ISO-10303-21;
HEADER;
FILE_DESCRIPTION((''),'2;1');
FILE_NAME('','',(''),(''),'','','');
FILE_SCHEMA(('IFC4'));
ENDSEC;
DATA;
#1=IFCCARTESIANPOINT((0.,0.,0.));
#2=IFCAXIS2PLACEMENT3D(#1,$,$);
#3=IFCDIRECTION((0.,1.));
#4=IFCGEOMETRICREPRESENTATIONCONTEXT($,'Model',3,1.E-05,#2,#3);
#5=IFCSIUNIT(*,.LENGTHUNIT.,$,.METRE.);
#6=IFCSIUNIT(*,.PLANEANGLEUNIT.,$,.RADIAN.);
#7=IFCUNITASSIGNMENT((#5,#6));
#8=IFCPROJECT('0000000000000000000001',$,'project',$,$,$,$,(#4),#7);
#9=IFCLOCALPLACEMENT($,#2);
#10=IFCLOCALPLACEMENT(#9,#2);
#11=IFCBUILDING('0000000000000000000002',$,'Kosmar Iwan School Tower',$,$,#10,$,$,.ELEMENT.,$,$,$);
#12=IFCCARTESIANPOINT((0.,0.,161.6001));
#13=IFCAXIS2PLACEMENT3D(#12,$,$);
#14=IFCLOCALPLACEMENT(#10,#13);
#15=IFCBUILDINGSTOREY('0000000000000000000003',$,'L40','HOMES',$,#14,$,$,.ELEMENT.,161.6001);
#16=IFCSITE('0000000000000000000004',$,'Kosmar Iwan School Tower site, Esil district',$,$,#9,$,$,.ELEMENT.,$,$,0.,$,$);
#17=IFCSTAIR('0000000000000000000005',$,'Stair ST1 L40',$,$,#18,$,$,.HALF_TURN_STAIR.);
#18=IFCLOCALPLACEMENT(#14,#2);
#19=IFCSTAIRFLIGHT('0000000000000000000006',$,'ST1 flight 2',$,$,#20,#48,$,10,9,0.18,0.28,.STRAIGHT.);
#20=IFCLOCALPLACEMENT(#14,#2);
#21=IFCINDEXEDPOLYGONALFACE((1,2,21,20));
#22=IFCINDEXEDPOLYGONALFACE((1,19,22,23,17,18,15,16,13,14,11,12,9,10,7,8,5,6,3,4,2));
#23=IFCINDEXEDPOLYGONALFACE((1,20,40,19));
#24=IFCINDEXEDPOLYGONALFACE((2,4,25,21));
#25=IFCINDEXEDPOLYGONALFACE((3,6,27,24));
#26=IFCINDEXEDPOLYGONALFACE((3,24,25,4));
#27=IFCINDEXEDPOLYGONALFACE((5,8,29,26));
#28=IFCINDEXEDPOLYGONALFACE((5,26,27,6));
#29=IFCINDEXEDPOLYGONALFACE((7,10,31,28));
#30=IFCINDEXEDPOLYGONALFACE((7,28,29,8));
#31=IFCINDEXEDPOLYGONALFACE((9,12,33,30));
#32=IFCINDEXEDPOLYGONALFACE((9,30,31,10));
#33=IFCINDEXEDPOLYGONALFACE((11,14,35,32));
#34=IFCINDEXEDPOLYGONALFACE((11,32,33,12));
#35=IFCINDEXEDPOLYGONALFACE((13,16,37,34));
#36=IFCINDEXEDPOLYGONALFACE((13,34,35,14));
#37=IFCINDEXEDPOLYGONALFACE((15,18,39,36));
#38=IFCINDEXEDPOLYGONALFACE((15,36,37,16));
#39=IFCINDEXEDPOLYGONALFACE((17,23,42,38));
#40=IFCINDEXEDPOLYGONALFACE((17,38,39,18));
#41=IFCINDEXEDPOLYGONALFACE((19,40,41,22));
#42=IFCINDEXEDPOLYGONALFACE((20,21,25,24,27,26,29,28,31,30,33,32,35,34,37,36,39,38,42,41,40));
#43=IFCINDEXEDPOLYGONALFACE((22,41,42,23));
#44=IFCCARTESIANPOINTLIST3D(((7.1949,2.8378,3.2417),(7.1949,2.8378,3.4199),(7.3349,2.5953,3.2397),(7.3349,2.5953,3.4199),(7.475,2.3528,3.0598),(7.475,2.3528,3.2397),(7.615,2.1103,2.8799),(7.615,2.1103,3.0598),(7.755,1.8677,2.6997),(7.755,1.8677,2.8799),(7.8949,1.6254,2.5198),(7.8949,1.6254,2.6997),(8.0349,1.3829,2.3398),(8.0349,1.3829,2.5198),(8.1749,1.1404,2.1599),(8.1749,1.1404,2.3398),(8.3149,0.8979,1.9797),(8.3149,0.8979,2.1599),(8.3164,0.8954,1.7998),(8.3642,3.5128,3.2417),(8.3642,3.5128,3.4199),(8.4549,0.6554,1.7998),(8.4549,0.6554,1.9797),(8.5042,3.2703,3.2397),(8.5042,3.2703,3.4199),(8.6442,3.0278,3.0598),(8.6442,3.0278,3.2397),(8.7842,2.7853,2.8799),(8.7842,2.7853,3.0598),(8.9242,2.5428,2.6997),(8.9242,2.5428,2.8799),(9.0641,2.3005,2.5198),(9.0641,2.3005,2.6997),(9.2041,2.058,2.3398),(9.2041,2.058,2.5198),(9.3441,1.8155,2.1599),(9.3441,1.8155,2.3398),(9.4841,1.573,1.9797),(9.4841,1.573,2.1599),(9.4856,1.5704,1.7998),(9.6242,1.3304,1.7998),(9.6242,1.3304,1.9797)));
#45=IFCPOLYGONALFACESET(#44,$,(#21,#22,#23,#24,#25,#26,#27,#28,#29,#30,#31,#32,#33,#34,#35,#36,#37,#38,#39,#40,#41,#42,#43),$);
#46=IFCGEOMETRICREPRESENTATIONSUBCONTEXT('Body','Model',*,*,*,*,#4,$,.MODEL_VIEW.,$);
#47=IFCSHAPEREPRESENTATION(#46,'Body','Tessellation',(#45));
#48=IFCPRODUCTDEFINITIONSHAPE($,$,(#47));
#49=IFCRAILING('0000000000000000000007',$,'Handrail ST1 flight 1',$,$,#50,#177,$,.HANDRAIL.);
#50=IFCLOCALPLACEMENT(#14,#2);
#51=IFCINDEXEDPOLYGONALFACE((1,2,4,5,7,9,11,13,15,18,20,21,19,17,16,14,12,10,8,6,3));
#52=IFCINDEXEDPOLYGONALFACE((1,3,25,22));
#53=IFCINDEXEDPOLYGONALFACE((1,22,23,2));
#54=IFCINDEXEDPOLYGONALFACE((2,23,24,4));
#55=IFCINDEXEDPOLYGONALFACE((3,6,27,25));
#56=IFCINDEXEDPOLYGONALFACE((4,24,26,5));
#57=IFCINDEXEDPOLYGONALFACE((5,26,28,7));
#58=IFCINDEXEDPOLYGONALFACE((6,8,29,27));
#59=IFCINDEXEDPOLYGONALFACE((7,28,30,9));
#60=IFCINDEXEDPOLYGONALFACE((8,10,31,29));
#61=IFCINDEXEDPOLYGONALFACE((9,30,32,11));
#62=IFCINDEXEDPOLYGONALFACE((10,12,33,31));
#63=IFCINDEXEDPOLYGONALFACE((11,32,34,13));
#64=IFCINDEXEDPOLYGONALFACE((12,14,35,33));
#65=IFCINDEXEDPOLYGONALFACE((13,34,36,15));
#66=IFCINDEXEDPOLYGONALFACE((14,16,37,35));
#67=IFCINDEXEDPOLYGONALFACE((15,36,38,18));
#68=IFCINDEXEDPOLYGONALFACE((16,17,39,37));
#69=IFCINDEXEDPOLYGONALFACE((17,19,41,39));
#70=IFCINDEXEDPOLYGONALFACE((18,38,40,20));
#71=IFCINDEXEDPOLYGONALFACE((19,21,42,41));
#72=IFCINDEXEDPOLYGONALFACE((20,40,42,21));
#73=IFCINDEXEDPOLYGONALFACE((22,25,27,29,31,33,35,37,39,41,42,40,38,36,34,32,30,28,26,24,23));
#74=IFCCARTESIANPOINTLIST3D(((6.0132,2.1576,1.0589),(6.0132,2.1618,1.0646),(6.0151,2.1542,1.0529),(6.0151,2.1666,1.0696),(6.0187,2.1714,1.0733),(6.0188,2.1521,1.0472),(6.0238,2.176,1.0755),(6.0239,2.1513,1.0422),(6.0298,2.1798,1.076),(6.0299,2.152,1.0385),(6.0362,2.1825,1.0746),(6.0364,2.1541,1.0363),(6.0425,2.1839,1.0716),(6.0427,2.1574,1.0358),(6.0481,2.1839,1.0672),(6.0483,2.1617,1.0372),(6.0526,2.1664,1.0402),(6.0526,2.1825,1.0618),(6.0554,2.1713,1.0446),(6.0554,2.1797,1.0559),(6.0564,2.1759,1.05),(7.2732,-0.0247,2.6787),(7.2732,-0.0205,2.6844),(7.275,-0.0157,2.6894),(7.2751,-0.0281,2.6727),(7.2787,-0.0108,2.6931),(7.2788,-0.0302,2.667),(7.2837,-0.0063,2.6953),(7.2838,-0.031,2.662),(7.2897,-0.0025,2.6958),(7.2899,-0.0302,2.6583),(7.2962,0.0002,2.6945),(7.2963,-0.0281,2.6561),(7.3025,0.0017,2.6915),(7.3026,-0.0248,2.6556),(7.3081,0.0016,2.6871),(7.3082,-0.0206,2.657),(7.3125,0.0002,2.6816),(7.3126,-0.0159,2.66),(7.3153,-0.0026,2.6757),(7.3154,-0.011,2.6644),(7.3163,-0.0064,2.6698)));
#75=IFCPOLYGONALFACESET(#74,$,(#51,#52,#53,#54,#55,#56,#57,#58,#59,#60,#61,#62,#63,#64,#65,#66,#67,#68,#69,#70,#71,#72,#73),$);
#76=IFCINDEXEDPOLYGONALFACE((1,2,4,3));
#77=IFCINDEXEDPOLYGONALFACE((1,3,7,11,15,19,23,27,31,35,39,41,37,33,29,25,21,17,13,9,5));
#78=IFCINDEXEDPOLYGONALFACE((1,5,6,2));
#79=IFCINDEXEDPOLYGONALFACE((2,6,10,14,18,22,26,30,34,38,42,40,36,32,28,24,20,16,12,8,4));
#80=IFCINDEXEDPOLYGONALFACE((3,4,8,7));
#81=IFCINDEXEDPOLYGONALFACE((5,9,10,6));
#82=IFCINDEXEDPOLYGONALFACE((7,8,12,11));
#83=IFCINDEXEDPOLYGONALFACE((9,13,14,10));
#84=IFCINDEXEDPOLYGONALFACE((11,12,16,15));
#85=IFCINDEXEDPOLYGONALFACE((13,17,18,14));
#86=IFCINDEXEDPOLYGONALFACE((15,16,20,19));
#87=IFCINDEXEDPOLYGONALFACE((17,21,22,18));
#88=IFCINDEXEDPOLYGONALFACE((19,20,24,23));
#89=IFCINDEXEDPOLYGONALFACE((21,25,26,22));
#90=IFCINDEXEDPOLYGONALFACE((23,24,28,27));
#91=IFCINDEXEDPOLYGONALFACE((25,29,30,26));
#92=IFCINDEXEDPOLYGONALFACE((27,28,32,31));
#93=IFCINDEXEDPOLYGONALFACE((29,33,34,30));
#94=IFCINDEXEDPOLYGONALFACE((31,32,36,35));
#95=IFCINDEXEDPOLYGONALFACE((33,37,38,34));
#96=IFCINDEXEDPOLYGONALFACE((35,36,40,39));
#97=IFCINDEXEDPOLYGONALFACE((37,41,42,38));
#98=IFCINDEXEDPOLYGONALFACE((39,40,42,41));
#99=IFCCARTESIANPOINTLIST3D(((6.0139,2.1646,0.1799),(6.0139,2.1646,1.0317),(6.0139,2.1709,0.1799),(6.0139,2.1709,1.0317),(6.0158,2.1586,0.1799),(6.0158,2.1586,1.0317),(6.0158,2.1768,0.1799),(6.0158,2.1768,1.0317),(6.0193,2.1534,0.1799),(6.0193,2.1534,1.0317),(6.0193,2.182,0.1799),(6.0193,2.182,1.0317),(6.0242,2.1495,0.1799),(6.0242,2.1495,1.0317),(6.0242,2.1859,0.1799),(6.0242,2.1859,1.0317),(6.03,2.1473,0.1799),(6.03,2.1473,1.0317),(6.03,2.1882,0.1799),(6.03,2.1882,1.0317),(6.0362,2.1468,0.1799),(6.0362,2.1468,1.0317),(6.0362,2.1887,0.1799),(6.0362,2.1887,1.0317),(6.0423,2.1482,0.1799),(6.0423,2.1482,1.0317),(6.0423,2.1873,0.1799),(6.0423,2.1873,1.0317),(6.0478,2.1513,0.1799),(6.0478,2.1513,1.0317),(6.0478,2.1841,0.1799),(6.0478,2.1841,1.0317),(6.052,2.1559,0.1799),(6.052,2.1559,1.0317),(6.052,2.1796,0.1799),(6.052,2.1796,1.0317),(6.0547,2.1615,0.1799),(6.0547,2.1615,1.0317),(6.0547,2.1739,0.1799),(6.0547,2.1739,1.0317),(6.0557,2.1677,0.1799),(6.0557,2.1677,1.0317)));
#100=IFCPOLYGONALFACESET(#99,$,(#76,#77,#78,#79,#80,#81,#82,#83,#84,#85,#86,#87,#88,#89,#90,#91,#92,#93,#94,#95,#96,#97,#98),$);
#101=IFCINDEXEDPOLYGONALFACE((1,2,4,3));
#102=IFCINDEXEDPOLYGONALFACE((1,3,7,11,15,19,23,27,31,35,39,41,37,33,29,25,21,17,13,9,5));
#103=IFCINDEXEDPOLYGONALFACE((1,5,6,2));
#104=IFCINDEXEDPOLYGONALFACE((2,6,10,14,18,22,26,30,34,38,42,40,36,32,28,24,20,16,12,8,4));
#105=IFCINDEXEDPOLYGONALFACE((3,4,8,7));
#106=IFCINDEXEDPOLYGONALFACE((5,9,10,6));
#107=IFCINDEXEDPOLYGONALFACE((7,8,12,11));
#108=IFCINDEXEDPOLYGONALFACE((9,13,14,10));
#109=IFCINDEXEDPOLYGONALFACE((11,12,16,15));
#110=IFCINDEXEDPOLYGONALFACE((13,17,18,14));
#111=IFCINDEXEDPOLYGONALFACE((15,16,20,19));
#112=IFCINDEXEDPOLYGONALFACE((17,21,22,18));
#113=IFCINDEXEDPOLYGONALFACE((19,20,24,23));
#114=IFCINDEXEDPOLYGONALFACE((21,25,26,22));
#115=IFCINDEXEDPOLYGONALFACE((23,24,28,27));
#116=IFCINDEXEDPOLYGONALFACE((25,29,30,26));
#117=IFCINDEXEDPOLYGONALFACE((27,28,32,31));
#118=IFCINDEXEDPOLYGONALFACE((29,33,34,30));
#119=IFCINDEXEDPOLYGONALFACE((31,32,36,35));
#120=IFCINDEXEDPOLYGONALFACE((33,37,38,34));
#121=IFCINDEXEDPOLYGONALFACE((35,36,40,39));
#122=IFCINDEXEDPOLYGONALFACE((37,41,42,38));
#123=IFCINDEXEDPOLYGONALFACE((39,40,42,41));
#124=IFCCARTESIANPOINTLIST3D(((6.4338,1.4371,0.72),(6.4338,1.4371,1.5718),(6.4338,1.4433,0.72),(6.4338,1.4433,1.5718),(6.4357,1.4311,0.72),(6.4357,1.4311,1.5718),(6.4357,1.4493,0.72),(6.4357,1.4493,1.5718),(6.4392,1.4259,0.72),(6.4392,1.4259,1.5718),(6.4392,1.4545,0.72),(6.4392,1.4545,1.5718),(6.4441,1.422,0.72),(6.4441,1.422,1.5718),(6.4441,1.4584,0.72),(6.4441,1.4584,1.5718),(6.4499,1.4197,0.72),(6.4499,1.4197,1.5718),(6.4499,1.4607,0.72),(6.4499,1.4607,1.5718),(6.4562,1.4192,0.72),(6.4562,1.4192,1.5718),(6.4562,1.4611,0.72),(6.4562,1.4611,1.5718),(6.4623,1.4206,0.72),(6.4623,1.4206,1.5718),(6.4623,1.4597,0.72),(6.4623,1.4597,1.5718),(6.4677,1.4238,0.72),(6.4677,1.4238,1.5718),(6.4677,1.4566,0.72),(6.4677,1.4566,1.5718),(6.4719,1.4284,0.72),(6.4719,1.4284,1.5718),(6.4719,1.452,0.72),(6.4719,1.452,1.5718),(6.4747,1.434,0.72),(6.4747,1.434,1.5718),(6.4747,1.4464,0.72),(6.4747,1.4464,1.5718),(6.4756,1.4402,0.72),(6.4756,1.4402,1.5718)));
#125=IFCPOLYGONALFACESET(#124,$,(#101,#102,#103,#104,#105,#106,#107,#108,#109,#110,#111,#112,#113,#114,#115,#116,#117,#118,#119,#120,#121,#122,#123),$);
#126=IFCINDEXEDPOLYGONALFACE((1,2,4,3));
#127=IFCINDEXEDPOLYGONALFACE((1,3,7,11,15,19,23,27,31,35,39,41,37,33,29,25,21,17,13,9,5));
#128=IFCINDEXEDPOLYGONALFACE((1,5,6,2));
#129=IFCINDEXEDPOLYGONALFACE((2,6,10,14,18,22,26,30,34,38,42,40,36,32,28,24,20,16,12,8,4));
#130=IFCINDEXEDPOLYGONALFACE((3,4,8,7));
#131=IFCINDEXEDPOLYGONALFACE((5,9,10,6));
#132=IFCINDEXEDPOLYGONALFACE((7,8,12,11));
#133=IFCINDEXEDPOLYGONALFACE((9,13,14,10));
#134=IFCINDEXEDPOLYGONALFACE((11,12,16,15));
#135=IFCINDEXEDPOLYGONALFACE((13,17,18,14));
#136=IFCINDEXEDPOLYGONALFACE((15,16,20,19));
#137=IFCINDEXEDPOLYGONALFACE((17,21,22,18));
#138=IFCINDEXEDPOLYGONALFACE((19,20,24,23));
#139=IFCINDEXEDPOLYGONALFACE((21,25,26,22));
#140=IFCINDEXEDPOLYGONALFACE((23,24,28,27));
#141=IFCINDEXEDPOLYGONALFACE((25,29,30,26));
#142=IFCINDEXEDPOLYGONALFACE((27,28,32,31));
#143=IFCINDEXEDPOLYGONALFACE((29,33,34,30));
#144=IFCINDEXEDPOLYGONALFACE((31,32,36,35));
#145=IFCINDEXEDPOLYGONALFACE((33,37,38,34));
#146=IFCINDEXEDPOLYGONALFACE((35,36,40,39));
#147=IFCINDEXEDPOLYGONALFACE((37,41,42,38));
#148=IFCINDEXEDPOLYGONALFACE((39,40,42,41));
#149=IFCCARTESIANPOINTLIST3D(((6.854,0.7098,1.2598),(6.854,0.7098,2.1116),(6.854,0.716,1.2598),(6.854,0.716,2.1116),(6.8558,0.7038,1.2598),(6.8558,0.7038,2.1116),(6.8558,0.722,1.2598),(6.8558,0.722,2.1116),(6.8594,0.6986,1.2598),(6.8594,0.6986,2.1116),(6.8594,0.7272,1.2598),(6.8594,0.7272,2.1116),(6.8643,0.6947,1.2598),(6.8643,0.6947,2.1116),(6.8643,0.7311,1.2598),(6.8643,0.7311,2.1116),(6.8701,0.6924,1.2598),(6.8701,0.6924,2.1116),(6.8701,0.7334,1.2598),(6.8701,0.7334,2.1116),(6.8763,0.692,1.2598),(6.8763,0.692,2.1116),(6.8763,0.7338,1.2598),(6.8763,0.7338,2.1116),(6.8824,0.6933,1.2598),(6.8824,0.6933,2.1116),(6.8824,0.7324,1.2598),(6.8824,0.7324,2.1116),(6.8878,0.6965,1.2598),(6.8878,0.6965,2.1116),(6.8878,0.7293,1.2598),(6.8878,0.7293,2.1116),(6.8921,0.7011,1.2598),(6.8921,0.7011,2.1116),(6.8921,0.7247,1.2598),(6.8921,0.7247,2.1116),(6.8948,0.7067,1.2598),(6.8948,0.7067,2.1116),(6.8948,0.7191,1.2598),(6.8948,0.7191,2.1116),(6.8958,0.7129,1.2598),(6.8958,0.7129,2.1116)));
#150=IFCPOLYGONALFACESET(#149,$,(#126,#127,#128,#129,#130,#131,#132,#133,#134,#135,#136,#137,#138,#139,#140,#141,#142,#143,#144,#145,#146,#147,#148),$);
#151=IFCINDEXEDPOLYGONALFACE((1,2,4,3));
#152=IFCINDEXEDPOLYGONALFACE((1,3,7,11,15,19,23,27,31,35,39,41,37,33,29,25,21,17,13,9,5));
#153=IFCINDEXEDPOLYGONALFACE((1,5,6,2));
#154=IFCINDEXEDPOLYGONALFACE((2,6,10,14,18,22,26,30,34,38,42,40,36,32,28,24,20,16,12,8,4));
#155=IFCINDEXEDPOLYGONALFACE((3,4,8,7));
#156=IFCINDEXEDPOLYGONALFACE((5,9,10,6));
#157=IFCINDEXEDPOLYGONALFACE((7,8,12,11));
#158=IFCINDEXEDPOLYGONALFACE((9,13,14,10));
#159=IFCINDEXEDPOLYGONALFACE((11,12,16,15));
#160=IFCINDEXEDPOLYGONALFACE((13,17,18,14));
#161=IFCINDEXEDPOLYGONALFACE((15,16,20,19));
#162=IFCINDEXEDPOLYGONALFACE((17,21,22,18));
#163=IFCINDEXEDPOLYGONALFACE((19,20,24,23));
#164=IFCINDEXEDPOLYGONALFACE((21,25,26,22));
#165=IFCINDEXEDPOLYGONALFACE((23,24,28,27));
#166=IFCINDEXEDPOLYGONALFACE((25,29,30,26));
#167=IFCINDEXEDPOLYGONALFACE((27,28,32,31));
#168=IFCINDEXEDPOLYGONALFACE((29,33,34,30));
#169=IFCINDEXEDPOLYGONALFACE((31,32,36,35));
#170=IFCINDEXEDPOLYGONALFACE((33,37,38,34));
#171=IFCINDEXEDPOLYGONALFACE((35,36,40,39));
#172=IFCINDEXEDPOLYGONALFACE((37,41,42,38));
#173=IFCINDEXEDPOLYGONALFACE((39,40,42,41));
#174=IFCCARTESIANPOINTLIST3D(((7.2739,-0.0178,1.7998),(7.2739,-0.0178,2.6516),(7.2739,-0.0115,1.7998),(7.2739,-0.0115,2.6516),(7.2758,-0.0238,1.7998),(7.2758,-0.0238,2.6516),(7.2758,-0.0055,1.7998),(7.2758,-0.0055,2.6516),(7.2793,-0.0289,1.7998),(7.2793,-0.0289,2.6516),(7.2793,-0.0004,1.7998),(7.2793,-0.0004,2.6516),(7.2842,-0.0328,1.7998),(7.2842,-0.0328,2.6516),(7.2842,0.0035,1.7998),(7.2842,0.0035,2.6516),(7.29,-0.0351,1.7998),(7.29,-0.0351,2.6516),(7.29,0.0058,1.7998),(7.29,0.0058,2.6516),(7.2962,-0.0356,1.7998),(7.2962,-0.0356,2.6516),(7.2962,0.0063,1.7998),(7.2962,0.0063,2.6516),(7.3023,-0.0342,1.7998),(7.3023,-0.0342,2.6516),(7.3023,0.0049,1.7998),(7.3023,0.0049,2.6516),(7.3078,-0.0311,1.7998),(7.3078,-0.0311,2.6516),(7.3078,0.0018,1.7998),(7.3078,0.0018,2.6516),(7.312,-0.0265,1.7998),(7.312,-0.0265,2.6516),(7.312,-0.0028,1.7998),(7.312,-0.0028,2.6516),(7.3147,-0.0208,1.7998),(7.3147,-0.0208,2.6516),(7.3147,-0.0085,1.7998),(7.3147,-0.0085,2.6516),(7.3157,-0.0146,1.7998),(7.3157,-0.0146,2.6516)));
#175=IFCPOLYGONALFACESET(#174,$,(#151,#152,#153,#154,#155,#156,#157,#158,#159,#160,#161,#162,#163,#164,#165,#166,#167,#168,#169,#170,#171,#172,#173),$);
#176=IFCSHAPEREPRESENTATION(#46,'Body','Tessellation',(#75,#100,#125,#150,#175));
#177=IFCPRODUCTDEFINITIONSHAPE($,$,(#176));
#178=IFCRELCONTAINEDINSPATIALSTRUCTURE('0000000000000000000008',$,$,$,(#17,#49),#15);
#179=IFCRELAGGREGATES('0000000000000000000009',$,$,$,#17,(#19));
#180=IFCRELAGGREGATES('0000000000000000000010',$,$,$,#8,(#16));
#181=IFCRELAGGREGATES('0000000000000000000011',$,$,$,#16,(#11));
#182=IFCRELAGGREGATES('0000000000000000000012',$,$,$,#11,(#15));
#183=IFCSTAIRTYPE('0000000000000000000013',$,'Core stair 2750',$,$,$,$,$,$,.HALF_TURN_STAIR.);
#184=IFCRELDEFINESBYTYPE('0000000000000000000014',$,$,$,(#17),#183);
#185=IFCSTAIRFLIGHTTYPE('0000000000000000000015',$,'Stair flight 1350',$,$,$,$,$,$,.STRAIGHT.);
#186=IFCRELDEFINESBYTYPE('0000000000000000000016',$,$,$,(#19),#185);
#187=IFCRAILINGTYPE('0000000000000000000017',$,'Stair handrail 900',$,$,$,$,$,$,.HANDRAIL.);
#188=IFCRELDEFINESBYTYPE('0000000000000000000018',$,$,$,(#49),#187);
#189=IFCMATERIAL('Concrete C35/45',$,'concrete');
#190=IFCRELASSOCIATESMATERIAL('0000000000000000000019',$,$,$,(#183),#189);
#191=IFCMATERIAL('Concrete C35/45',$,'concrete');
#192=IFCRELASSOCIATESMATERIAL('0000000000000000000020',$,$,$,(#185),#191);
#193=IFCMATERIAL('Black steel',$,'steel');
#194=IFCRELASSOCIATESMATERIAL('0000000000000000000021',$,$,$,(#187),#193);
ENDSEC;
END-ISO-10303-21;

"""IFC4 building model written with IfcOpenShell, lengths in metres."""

from ifc_helpers import new_model, si_unit, direction, frame, origin, origin_2d, place, context, subcontext, project, spatial, polyline, circle, outline, extrude, material, type_object, element, aggregate, save


model = new_model("IFC4")

# Units and contexts
model_context = context("Model", 3, precision=1e-05, world=origin(), true_north=direction((0.0, 1.0)))
body_context = subcontext(model_context, "Body", "Model", "MODEL_VIEW")
ifc_project = project(units=[si_unit("LENGTHUNIT", "METRE"), si_unit("PLANEANGLEUNIT", "RADIAN")], contexts=[model_context])

# Site, building, storey
site_placement = place(None, origin())
site = spatial("IfcSite", under=ifc_project, at=site_placement, Name="Kosmar Iwan School Tower site, Esil district", CompositionType="ELEMENT", RefElevation=0.0)
building_placement = place(site_placement, origin())
building = spatial("IfcBuilding", under=site, at=building_placement, Name="Kosmar Iwan School Tower", CompositionType="ELEMENT")
storey_placement = place(building_placement, frame((0.0, 0.0, 161.6001)))
storey = spatial("IfcBuildingStorey", under=building, at=storey_placement, Name="L40", Description="HOMES", CompositionType="ELEMENT", Elevation=161.6001)

# Stair
ifc_material_1 = material(Name="Concrete C35/45", Category="concrete")
stair_type_1 = type_object("IfcStairType", Name="Core stair 2750", PredefinedType="HALF_TURN_STAIR", material=ifc_material_1)
stair_1_placement = place(storey_placement, origin())
stair_1 = element("IfcStair", 1, at=stair_1_placement, inside=storey, type_object=stair_type_1, Name="Stair ST1 L40", PredefinedType="HALF_TURN_STAIR")

# Stair flight
ifc_material_2 = material(Name="Concrete C35/45", Category="concrete")
stair_flight_type = type_object("IfcStairFlightType", Name="Stair flight 1350", PredefinedType="STRAIGHT", material=ifc_material_2)
stair_flight_1_placement = place(storey_placement, frame((9.0396, 0.9929, 1.7998), z_axis=(0.0, 0.0, 1.0), x_axis=(-0.5, 0.866025, 0.0)))
stair_flight_1 = element("IfcStairFlight", 2, at=stair_flight_1_placement, type_object=stair_flight_type, Name="ST1 flight 2", NumberOfRisers=10, NumberOfTreads=9, PredefinedType="STRAIGHT", RiserHeight=0.18, TreadLength=0.28, context=body_context, shape_type="SweptSolid", body=[
    extrude(outline(polyline([(0.0, 0.0), (0.0, 0.1799), (0.28, 0.1799), (0.28, 0.3601), (0.5601, 0.3601), (0.5601, 0.54), (0.8401, 0.54), (0.8401, 0.72), (1.1201, 0.72), (1.1201, 0.8999), (1.3999, 0.8999), (1.3999, 1.0801), (1.6799, 1.0801), (1.6799, 1.26), (1.96, 1.26), (1.96, 1.4399), (2.24, 1.4399), (2.24, 1.6201), (2.52, 1.6201), (2.52, 1.8), (2.52, 1.4419), (0.2771, 0.0), (0.0, 0.0)])), frame((0.0, 0.675, 0.0), z_axis=(0.0, -1.0, 0.0), x_axis=(1.0, 0.0, 0.0)), (0.0, 0.0, 1.0), 1.3501),
])
aggregate(stair_1, [stair_flight_1])

# Railing
ifc_material_3 = material(Name="Black steel", Category="steel")
railing_type = type_object("IfcRailingType", Name="Stair handrail 900", PredefinedType="HANDRAIL", material=ifc_material_3)
railing_placement = place(storey_placement, frame((6.0347, 2.1677, 0.1799)))
element("IfcRailing", 3, at=railing_placement, inside=storey, type_object=railing_type, Name="Handrail ST1 flight 1", PredefinedType="HANDRAIL", context=body_context, shape_type="SweptSolid", body=[
    extrude(circle(Radius=0.0239, at=origin_2d()), frame((0.0, 0.0, 0.876), z_axis=(0.420603, -0.728496, 0.540728), x_axis=(0.866023, 0.500005, 0.0)), (0.0, 0.0, 1.0), 2.9956),
    extrude(circle(Radius=0.021, at=origin_2d()), origin(), (0.0, 0.0, 1.0), 0.8518),
    extrude(circle(Radius=0.021, at=origin_2d()), frame((0.4199, -0.7275, 0.54)), (0.0, 0.0, 1.0), 0.8518),
    extrude(circle(Radius=0.021, at=origin_2d()), frame((0.8401, -1.4548, 1.0798)), (0.0, 0.0, 1.0), 0.8518),
    extrude(circle(Radius=0.021, at=origin_2d()), frame((1.26, -2.1824, 1.6199)), (0.0, 0.0, 1.0), 0.8518),
])

save(model, "model.ifc")
